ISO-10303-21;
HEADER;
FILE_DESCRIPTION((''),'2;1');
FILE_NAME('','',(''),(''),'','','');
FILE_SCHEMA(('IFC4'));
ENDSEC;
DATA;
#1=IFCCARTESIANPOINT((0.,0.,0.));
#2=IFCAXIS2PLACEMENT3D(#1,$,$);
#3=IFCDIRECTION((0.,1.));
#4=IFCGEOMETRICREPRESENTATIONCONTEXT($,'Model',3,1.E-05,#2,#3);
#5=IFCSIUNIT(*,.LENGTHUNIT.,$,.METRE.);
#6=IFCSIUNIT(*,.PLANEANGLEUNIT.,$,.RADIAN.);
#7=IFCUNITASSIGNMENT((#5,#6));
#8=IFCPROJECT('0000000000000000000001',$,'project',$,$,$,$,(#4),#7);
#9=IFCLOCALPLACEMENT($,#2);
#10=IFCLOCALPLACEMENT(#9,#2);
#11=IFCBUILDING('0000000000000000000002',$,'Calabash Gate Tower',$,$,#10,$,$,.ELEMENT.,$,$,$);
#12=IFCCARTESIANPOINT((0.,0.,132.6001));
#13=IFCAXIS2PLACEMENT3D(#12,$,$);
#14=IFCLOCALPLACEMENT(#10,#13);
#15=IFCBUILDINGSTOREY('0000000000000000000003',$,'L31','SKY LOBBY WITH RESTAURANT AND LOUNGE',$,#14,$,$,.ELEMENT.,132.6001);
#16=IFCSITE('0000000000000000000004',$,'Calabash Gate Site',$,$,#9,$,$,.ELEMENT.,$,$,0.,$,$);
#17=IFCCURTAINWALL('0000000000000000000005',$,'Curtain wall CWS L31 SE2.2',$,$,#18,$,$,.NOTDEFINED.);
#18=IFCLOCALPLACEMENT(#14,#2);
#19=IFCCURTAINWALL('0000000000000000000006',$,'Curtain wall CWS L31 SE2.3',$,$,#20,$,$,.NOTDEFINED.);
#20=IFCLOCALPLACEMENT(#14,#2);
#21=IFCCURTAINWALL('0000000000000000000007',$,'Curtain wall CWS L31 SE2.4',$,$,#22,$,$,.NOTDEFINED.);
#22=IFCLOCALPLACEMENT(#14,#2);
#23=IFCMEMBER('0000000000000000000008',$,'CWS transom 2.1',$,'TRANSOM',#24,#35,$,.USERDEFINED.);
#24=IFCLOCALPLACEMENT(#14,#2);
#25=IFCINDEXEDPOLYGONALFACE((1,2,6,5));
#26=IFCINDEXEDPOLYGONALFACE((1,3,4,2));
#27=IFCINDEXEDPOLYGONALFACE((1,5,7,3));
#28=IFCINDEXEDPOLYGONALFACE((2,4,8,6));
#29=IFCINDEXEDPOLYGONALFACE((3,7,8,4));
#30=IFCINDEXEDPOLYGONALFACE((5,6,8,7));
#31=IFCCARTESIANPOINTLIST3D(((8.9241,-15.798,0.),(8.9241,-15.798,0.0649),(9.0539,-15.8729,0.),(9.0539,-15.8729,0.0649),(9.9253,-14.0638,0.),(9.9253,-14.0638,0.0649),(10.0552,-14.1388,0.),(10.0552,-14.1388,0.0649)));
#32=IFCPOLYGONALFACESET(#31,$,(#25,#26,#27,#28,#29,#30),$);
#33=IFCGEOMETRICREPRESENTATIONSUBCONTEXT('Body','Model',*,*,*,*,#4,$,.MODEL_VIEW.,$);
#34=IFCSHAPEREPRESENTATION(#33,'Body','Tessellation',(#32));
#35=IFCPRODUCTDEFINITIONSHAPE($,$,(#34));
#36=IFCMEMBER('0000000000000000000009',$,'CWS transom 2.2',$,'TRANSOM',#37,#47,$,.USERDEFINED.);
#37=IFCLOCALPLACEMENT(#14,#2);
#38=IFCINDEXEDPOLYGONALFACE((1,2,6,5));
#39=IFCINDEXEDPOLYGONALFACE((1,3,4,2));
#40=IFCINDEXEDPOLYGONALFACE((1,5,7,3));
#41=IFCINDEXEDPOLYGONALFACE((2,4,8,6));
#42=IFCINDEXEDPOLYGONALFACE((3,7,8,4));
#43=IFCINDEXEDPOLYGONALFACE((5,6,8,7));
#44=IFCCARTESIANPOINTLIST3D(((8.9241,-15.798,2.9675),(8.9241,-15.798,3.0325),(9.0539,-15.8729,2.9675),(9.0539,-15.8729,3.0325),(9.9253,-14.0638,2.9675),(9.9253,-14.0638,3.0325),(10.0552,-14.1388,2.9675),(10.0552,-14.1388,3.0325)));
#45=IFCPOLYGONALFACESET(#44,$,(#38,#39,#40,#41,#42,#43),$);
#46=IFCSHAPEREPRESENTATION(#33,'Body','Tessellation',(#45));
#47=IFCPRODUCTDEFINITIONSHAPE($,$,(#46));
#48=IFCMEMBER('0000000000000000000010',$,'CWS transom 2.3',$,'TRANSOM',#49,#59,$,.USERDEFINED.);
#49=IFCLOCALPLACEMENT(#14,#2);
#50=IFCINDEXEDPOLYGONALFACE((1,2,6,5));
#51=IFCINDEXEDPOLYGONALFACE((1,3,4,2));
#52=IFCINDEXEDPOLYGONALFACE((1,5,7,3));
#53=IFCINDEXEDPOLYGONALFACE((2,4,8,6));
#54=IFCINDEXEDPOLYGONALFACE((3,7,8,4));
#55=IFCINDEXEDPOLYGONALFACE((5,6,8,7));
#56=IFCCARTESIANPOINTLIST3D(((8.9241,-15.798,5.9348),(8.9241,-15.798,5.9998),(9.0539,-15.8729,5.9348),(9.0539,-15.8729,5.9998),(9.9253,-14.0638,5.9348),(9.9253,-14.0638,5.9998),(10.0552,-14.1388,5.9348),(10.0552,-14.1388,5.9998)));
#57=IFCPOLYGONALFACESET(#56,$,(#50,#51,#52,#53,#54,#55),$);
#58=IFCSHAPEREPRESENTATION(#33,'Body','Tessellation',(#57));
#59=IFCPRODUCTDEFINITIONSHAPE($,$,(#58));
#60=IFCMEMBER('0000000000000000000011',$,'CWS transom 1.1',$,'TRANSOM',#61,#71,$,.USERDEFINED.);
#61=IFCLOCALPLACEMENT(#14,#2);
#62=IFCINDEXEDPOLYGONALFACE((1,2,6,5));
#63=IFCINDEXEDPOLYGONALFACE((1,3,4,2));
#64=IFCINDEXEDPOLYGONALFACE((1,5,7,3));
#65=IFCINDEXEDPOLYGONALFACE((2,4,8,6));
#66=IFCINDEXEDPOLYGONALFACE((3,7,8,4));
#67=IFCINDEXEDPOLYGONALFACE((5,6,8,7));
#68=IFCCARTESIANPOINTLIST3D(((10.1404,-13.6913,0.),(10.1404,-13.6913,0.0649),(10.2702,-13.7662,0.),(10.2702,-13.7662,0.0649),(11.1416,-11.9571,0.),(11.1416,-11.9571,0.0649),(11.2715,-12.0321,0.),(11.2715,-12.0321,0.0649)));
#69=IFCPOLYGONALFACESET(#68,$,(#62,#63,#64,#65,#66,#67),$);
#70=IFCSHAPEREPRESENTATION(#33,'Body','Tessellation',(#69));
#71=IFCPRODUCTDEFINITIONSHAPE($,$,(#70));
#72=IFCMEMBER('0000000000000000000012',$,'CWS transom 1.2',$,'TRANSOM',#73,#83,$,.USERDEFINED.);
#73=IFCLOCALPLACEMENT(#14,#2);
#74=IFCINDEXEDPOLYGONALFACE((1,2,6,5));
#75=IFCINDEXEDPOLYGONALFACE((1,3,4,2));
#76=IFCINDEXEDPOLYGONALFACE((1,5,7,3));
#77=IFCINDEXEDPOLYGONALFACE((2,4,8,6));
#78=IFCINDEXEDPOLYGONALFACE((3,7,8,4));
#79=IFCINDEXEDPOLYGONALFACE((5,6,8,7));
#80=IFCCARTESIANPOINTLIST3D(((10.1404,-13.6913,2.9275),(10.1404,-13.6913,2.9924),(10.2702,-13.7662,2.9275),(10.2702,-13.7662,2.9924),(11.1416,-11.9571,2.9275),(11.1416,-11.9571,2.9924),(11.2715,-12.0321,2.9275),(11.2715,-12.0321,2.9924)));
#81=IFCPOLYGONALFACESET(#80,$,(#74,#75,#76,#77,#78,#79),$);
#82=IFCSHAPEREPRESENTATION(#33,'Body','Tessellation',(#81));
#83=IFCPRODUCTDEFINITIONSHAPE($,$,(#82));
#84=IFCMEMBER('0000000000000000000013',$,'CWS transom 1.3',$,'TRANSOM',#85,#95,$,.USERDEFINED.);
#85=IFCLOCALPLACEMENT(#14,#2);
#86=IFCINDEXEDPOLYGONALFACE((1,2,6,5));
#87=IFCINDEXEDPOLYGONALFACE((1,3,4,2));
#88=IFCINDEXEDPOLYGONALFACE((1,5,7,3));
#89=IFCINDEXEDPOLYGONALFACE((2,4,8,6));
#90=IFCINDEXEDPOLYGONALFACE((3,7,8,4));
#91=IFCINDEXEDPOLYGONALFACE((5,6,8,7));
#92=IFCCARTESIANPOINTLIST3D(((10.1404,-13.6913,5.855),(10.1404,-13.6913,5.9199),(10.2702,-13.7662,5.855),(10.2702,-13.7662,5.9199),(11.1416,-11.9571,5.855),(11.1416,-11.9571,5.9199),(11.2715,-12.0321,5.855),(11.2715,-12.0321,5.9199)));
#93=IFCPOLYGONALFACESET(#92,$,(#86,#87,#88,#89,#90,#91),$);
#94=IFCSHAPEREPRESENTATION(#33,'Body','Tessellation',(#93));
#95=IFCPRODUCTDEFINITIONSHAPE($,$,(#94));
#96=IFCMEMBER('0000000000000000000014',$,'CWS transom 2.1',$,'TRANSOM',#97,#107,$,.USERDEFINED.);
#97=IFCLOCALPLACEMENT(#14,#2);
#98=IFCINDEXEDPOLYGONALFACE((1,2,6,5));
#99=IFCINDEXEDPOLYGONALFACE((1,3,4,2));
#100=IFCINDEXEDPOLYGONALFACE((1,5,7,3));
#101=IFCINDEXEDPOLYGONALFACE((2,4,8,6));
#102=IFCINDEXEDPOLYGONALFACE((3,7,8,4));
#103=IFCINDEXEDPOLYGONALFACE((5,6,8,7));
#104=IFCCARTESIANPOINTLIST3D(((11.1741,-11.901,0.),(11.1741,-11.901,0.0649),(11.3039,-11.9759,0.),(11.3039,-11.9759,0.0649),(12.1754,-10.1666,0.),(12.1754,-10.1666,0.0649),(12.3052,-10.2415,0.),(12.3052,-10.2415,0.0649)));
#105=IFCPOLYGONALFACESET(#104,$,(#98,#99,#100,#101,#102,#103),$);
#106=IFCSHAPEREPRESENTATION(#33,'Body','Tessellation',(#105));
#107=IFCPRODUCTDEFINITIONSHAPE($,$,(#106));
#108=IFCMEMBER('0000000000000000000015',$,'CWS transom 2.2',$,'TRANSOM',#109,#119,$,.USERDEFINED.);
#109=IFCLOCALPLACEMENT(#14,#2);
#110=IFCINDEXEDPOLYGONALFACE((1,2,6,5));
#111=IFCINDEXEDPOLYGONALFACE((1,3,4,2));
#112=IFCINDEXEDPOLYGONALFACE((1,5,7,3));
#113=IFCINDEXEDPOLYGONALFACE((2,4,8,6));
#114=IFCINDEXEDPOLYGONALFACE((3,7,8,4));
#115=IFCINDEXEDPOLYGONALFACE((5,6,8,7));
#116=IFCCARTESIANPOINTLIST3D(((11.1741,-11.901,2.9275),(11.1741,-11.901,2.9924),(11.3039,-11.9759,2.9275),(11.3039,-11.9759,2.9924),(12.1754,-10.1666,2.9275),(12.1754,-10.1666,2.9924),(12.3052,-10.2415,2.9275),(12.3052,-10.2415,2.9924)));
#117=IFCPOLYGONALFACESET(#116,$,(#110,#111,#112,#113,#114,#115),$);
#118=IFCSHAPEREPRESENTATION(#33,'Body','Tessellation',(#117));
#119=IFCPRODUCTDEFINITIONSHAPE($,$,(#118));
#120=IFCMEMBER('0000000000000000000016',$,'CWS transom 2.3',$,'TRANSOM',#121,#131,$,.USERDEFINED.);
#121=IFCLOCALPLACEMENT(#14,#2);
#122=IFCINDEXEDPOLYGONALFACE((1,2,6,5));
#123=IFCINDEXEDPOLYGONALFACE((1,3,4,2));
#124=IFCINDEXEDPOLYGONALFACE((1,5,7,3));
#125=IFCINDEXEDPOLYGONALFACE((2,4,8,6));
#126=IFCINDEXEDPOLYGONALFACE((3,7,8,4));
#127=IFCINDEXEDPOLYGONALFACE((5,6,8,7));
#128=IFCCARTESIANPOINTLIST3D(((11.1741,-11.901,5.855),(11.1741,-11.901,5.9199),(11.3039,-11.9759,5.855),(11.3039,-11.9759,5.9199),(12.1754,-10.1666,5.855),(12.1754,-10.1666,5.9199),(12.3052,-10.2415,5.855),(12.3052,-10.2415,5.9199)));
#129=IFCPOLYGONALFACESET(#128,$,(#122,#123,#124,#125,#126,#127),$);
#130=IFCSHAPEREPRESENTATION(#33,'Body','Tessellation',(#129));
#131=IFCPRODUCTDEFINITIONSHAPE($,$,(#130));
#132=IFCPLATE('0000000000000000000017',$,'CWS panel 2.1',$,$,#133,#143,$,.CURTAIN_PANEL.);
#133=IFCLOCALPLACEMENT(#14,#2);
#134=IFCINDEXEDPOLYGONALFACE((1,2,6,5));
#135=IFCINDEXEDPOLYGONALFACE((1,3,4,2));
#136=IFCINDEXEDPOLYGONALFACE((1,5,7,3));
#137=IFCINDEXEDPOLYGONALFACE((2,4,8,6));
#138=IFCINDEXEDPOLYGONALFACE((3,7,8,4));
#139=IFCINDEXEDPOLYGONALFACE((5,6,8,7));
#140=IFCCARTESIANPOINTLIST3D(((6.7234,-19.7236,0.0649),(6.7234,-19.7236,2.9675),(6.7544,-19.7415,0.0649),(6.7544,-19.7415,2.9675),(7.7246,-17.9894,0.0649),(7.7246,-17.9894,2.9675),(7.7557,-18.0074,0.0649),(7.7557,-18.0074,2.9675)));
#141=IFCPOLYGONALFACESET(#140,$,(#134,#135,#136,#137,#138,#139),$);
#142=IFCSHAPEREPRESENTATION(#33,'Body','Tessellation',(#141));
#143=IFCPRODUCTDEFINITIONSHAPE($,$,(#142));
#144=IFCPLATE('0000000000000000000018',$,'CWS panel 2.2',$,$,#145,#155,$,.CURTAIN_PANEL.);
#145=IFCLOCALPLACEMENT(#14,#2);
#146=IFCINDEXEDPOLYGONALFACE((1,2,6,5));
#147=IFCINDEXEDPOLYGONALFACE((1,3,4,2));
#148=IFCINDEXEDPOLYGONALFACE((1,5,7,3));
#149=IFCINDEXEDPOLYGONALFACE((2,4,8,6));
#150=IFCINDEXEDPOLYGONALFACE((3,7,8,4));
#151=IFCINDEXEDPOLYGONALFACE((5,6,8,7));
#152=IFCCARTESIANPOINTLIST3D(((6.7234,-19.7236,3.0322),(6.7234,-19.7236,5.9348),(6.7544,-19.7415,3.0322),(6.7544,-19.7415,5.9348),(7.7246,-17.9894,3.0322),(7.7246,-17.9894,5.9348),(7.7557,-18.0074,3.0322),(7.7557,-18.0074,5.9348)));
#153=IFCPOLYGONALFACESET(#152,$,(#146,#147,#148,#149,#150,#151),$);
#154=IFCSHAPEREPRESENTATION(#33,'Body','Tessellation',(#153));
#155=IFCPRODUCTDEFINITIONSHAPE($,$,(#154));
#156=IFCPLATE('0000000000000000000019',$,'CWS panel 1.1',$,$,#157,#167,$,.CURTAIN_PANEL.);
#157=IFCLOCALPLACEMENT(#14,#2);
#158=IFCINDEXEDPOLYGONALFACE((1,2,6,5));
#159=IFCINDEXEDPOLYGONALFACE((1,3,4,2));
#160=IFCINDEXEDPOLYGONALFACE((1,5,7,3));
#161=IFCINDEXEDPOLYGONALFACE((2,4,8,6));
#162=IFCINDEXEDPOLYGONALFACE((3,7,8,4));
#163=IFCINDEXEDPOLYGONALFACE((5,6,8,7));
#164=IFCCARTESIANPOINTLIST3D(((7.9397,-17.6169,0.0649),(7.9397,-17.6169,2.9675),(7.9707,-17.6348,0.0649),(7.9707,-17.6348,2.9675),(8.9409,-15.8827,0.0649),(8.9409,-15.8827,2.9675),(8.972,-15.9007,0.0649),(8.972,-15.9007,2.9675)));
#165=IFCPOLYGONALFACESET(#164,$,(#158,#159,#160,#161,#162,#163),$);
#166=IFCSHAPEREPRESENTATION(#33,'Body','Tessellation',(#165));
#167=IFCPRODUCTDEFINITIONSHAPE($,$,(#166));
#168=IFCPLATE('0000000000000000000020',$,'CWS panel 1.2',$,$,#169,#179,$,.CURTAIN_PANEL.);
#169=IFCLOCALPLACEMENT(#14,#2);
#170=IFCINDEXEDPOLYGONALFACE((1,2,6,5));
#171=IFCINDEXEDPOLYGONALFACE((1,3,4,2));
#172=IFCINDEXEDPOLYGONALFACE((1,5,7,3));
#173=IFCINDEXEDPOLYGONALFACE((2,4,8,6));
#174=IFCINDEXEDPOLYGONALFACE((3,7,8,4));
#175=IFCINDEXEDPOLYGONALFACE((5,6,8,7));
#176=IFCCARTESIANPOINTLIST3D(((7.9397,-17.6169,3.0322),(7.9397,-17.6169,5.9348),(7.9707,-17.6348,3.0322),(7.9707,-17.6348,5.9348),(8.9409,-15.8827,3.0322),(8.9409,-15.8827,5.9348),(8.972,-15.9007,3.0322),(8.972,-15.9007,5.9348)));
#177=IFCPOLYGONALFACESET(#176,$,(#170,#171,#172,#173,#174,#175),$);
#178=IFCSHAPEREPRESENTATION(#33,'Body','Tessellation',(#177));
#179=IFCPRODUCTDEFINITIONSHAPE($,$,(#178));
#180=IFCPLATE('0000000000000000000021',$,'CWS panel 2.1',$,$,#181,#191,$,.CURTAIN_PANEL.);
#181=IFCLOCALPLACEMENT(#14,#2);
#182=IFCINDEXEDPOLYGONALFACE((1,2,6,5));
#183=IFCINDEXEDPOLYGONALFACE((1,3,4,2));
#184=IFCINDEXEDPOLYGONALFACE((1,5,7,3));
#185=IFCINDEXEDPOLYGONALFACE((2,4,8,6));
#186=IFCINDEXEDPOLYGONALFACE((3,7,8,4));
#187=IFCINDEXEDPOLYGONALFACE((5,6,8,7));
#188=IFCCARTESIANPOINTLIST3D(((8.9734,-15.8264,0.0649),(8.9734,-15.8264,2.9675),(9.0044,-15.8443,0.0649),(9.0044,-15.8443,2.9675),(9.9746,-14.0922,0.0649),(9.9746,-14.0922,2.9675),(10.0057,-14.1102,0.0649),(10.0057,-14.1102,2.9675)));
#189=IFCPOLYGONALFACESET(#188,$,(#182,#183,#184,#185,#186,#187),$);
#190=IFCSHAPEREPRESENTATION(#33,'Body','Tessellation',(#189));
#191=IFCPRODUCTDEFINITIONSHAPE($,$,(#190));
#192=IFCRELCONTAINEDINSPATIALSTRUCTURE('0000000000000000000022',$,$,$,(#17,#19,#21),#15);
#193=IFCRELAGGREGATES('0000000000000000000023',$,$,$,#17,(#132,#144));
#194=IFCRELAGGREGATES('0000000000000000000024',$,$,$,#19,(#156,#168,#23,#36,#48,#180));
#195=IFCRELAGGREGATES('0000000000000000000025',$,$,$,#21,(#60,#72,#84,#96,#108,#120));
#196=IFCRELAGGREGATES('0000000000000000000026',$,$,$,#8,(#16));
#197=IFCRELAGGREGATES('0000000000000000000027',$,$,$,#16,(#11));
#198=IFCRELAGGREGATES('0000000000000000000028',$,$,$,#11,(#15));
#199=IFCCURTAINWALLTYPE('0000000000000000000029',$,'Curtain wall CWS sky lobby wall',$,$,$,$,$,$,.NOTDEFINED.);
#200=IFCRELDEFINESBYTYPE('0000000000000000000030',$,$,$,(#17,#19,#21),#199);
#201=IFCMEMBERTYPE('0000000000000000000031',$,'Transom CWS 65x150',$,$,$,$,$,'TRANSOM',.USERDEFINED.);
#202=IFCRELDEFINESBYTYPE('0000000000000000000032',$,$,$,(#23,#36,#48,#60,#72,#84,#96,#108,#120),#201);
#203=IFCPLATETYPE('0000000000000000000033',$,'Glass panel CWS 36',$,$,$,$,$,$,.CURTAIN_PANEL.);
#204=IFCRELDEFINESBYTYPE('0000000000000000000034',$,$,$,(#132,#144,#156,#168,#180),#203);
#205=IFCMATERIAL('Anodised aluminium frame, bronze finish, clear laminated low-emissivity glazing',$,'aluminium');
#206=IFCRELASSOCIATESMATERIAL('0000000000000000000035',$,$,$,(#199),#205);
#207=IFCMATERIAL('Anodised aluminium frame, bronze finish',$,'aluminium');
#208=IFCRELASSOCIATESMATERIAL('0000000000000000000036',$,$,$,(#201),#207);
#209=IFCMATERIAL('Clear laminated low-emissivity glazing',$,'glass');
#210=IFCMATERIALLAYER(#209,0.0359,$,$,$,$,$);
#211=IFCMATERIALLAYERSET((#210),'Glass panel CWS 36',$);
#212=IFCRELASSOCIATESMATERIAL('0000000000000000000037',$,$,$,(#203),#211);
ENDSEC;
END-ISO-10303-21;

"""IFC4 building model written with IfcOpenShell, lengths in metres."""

from ifc_helpers import new_model, si_unit, direction, frame, origin, origin_2d, place, context, subcontext, project, spatial, rectangle, extrude, material, layer, layer_set, material_profile, profile_set, type_object, element, aggregate, save


model = new_model("IFC4")

# Units and contexts
model_context = context("Model", 3, precision=1e-05, world=origin(), true_north=direction((0.0, 1.0)))
body_context = subcontext(model_context, "Body", "Model", "MODEL_VIEW")
ifc_project = project(units=[si_unit("LENGTHUNIT", "METRE"), si_unit("PLANEANGLEUNIT", "RADIAN")], contexts=[model_context])

# Site, building, storey
site_placement = place(None, origin())
site = spatial("IfcSite", under=ifc_project, at=site_placement, Name="Calabash Gate Site", CompositionType="ELEMENT", RefElevation=0.0)
building_placement = place(site_placement, origin())
building = spatial("IfcBuilding", under=site, at=building_placement, Name="Calabash Gate Tower", CompositionType="ELEMENT")
storey_placement = place(building_placement, frame((0.0, 0.0, 132.6001)))
storey = spatial("IfcBuildingStorey", under=building, at=storey_placement, Name="L31", Description="SKY LOBBY WITH RESTAURANT AND LOUNGE", CompositionType="ELEMENT", Elevation=132.6001)

# Curtain wall
ifc_material_1 = material(Name="Anodised aluminium frame, bronze finish, clear laminated low-emissivity glazing", Category="aluminium")
curtain_wall_type = type_object("IfcCurtainWallType", Name="Curtain wall CWS sky lobby wall", PredefinedType="NOTDEFINED", material=ifc_material_1)
curtain_wall_1_placement = place(storey_placement, origin())
curtain_wall_1 = element("IfcCurtainWall", 1, at=curtain_wall_1_placement, inside=storey, type_object=curtain_wall_type, Name="Curtain wall CWS L31 SE2.2", PredefinedType="NOTDEFINED")

# Curtain walls
curtain_wall_2_placement = place(storey_placement, origin())
curtain_wall_2 = element("IfcCurtainWall", 2, at=curtain_wall_2_placement, inside=storey, type_object=curtain_wall_type, Name="Curtain wall CWS L31 SE2.3", PredefinedType="NOTDEFINED")
curtain_wall_3_placement = place(storey_placement, origin())
curtain_wall_3 = element("IfcCurtainWall", 3, at=curtain_wall_3_placement, inside=storey, type_object=curtain_wall_type, Name="Curtain wall CWS L31 SE2.4", PredefinedType="NOTDEFINED")

# Members
ifc_material_2 = material(Name="Anodised aluminium frame, bronze finish", Category="aluminium")
ifc_material_profile_1 = material_profile(ifc_material_2, rectangle(XDim=0.1499, YDim=0.0649, at=origin_2d()))
ifc_profile_set_1 = profile_set([ifc_material_profile_1], Name="Anodised aluminium frame, bronze finish")
member_type_1 = type_object("IfcMemberType", Name="Transom CWS 65x150", ElementType="TRANSOM", PredefinedType="USERDEFINED", material=ifc_profile_set_1)
member_1_placement = place(storey_placement, frame((8.989, -15.8354, 0.0325), z_axis=(0.500007, 0.866021, 0.0), x_axis=(-0.866021, 0.500007, 0.0)))
member_1 = element("IfcMember", 4, at=member_1_placement, type_object=member_type_1, Name="CWS transom 2.1", ObjectType="TRANSOM", PredefinedType="USERDEFINED", context=body_context, shape_type="SweptSolid", body=[
    extrude(rectangle(XDim=0.1499, YDim=0.0649, at=origin_2d()), origin(), (0.0, 0.0, 1.0), 2.0024),
])
member_2_placement = place(storey_placement, frame((8.989, -15.8354, 3.0), z_axis=(0.500007, 0.866021, 0.0), x_axis=(-0.866021, 0.500007, 0.0)))
member_2 = element("IfcMember", 5, at=member_2_placement, type_object=member_type_1, Name="CWS transom 2.2", ObjectType="TRANSOM", PredefinedType="USERDEFINED", context=body_context, shape_type="SweptSolid", body=[
    extrude(rectangle(XDim=0.1499, YDim=0.0649, at=origin_2d()), origin(), (0.0, 0.0, 1.0), 2.0024),
])
member_3_placement = place(storey_placement, frame((8.989, -15.8354, 5.9673), z_axis=(0.500007, 0.866021, 0.0), x_axis=(-0.866021, 0.500007, 0.0)))
member_3 = element("IfcMember", 6, at=member_3_placement, type_object=member_type_1, Name="CWS transom 2.3", ObjectType="TRANSOM", PredefinedType="USERDEFINED", context=body_context, shape_type="SweptSolid", body=[
    extrude(rectangle(XDim=0.1499, YDim=0.0649, at=origin_2d()), origin(), (0.0, 0.0, 1.0), 2.0024),
])
member_4_placement = place(storey_placement, frame((10.2053, -13.7288, 0.0325), z_axis=(0.500007, 0.866021, 0.0), x_axis=(-0.866021, 0.500007, 0.0)))
member_4 = element("IfcMember", 7, at=member_4_placement, type_object=member_type_1, Name="CWS transom 1.1", ObjectType="TRANSOM", PredefinedType="USERDEFINED", context=body_context, shape_type="SweptSolid", body=[
    extrude(rectangle(XDim=0.1499, YDim=0.0649, at=origin_2d()), origin(), (0.0, 0.0, 1.0), 2.0024),
])
member_5_placement = place(storey_placement, frame((10.2053, -13.7288, 2.96), z_axis=(0.500007, 0.866021, 0.0), x_axis=(-0.866021, 0.500007, 0.0)))
member_5 = element("IfcMember", 8, at=member_5_placement, type_object=member_type_1, Name="CWS transom 1.2", ObjectType="TRANSOM", PredefinedType="USERDEFINED", context=body_context, shape_type="SweptSolid", body=[
    extrude(rectangle(XDim=0.1499, YDim=0.0649, at=origin_2d()), origin(), (0.0, 0.0, 1.0), 2.0024),
])
member_6_placement = place(storey_placement, frame((10.2053, -13.7288, 5.8875), z_axis=(0.500007, 0.866021, 0.0), x_axis=(-0.866021, 0.500007, 0.0)))
member_6 = element("IfcMember", 9, at=member_6_placement, type_object=member_type_1, Name="CWS transom 1.3", ObjectType="TRANSOM", PredefinedType="USERDEFINED", context=body_context, shape_type="SweptSolid", body=[
    extrude(rectangle(XDim=0.1499, YDim=0.0649, at=origin_2d()), origin(), (0.0, 0.0, 1.0), 2.0024),
])
member_7_placement = place(storey_placement, frame((11.239, -11.9385, 0.0325), z_axis=(0.499955, 0.866052, 0.0), x_axis=(-0.866052, 0.499955, 0.0)))
member_7 = element("IfcMember", 10, at=member_7_placement, type_object=member_type_1, Name="CWS transom 2.1", ObjectType="TRANSOM", PredefinedType="USERDEFINED", context=body_context, shape_type="SweptSolid", body=[
    extrude(rectangle(XDim=0.1499, YDim=0.0649, at=origin_2d()), origin(), (0.0, 0.0, 1.0), 2.0027),
])
member_8_placement = place(storey_placement, frame((11.239, -11.9385, 2.96), z_axis=(0.499955, 0.866052, 0.0), x_axis=(-0.866052, 0.499955, 0.0)))
member_8 = element("IfcMember", 11, at=member_8_placement, type_object=member_type_1, Name="CWS transom 2.2", ObjectType="TRANSOM", PredefinedType="USERDEFINED", context=body_context, shape_type="SweptSolid", body=[
    extrude(rectangle(XDim=0.1499, YDim=0.0649, at=origin_2d()), origin(), (0.0, 0.0, 1.0), 2.0027),
])
member_9_placement = place(storey_placement, frame((11.239, -11.9385, 5.8875), z_axis=(0.499955, 0.866052, 0.0), x_axis=(-0.866052, 0.499955, 0.0)))
member_9 = element("IfcMember", 12, at=member_9_placement, type_object=member_type_1, Name="CWS transom 2.3", ObjectType="TRANSOM", PredefinedType="USERDEFINED", context=body_context, shape_type="SweptSolid", body=[
    extrude(rectangle(XDim=0.1499, YDim=0.0649, at=origin_2d()), origin(), (0.0, 0.0, 1.0), 2.0027),
])

# Plates
ifc_material_3 = material(Name="Clear laminated low-emissivity glazing", Category="glass")
ifc_layer_1 = layer(ifc_material_3, 0.0359)
ifc_layer_set_1 = layer_set([ifc_layer_1], Name="Glass panel CWS 36")
plate_type = type_object("IfcPlateType", Name="Glass panel CWS 36", PredefinedType="CURTAIN_PANEL", material=ifc_layer_set_1)
plate_1_placement = place(storey_placement, frame((7.2395, -18.8655, 0.0649), z_axis=(0.0, 0.0, 1.0), x_axis=(0.5, 0.866025, 0.0)))
plate_1 = element("IfcPlate", 13, at=plate_1_placement, type_object=plate_type, Name="CWS panel 2.1", PredefinedType="CURTAIN_PANEL", context=body_context, shape_type="SweptSolid", body=[
    extrude(rectangle(XDim=2.0024, YDim=0.0359, at=origin_2d()), origin(), (0.0, 0.0, 1.0), 2.9026),
])
plate_2_placement = place(storey_placement, frame((7.2395, -18.8655, 3.0322), z_axis=(0.0, 0.0, 1.0), x_axis=(0.5, 0.866025, 0.0)))
plate_2 = element("IfcPlate", 14, at=plate_2_placement, type_object=plate_type, Name="CWS panel 2.2", PredefinedType="CURTAIN_PANEL", context=body_context, shape_type="SweptSolid", body=[
    extrude(rectangle(XDim=2.0024, YDim=0.0359, at=origin_2d()), origin(), (0.0, 0.0, 1.0), 2.9026),
])
aggregate(curtain_wall_1, [plate_1, plate_2])
plate_3_placement = place(storey_placement, frame((8.4558, -16.7588, 0.0649), z_axis=(0.0, 0.0, 1.0), x_axis=(0.5, 0.866025, 0.0)))
plate_3 = element("IfcPlate", 15, at=plate_3_placement, type_object=plate_type, Name="CWS panel 1.1", PredefinedType="CURTAIN_PANEL", context=body_context, shape_type="SweptSolid", body=[
    extrude(rectangle(XDim=2.0024, YDim=0.0359, at=origin_2d()), origin(), (0.0, 0.0, 1.0), 2.9026),
])
plate_4_placement = place(storey_placement, frame((8.4558, -16.7588, 3.0322), z_axis=(0.0, 0.0, 1.0), x_axis=(0.5, 0.866025, 0.0)))
plate_4 = element("IfcPlate", 16, at=plate_4_placement, type_object=plate_type, Name="CWS panel 1.2", PredefinedType="CURTAIN_PANEL", context=body_context, shape_type="SweptSolid", body=[
    extrude(rectangle(XDim=2.0024, YDim=0.0359, at=origin_2d()), origin(), (0.0, 0.0, 1.0), 2.9026),
])
plate_5_placement = place(storey_placement, frame((9.4895, -14.9683, 0.0649), z_axis=(0.0, 0.0, 1.0), x_axis=(0.5, 0.866025, 0.0)))
plate_5 = element("IfcPlate", 17, at=plate_5_placement, type_object=plate_type, Name="CWS panel 2.1", PredefinedType="CURTAIN_PANEL", context=body_context, shape_type="SweptSolid", body=[
    extrude(rectangle(XDim=2.0024, YDim=0.0359, at=origin_2d()), origin(), (0.0, 0.0, 1.0), 2.9026),
])
aggregate(curtain_wall_2, [plate_3, plate_4, member_1, member_2, member_3, plate_5])
aggregate(curtain_wall_3, [member_4, member_5, member_6, member_7, member_8, member_9])

save(model, "model.ifc")
